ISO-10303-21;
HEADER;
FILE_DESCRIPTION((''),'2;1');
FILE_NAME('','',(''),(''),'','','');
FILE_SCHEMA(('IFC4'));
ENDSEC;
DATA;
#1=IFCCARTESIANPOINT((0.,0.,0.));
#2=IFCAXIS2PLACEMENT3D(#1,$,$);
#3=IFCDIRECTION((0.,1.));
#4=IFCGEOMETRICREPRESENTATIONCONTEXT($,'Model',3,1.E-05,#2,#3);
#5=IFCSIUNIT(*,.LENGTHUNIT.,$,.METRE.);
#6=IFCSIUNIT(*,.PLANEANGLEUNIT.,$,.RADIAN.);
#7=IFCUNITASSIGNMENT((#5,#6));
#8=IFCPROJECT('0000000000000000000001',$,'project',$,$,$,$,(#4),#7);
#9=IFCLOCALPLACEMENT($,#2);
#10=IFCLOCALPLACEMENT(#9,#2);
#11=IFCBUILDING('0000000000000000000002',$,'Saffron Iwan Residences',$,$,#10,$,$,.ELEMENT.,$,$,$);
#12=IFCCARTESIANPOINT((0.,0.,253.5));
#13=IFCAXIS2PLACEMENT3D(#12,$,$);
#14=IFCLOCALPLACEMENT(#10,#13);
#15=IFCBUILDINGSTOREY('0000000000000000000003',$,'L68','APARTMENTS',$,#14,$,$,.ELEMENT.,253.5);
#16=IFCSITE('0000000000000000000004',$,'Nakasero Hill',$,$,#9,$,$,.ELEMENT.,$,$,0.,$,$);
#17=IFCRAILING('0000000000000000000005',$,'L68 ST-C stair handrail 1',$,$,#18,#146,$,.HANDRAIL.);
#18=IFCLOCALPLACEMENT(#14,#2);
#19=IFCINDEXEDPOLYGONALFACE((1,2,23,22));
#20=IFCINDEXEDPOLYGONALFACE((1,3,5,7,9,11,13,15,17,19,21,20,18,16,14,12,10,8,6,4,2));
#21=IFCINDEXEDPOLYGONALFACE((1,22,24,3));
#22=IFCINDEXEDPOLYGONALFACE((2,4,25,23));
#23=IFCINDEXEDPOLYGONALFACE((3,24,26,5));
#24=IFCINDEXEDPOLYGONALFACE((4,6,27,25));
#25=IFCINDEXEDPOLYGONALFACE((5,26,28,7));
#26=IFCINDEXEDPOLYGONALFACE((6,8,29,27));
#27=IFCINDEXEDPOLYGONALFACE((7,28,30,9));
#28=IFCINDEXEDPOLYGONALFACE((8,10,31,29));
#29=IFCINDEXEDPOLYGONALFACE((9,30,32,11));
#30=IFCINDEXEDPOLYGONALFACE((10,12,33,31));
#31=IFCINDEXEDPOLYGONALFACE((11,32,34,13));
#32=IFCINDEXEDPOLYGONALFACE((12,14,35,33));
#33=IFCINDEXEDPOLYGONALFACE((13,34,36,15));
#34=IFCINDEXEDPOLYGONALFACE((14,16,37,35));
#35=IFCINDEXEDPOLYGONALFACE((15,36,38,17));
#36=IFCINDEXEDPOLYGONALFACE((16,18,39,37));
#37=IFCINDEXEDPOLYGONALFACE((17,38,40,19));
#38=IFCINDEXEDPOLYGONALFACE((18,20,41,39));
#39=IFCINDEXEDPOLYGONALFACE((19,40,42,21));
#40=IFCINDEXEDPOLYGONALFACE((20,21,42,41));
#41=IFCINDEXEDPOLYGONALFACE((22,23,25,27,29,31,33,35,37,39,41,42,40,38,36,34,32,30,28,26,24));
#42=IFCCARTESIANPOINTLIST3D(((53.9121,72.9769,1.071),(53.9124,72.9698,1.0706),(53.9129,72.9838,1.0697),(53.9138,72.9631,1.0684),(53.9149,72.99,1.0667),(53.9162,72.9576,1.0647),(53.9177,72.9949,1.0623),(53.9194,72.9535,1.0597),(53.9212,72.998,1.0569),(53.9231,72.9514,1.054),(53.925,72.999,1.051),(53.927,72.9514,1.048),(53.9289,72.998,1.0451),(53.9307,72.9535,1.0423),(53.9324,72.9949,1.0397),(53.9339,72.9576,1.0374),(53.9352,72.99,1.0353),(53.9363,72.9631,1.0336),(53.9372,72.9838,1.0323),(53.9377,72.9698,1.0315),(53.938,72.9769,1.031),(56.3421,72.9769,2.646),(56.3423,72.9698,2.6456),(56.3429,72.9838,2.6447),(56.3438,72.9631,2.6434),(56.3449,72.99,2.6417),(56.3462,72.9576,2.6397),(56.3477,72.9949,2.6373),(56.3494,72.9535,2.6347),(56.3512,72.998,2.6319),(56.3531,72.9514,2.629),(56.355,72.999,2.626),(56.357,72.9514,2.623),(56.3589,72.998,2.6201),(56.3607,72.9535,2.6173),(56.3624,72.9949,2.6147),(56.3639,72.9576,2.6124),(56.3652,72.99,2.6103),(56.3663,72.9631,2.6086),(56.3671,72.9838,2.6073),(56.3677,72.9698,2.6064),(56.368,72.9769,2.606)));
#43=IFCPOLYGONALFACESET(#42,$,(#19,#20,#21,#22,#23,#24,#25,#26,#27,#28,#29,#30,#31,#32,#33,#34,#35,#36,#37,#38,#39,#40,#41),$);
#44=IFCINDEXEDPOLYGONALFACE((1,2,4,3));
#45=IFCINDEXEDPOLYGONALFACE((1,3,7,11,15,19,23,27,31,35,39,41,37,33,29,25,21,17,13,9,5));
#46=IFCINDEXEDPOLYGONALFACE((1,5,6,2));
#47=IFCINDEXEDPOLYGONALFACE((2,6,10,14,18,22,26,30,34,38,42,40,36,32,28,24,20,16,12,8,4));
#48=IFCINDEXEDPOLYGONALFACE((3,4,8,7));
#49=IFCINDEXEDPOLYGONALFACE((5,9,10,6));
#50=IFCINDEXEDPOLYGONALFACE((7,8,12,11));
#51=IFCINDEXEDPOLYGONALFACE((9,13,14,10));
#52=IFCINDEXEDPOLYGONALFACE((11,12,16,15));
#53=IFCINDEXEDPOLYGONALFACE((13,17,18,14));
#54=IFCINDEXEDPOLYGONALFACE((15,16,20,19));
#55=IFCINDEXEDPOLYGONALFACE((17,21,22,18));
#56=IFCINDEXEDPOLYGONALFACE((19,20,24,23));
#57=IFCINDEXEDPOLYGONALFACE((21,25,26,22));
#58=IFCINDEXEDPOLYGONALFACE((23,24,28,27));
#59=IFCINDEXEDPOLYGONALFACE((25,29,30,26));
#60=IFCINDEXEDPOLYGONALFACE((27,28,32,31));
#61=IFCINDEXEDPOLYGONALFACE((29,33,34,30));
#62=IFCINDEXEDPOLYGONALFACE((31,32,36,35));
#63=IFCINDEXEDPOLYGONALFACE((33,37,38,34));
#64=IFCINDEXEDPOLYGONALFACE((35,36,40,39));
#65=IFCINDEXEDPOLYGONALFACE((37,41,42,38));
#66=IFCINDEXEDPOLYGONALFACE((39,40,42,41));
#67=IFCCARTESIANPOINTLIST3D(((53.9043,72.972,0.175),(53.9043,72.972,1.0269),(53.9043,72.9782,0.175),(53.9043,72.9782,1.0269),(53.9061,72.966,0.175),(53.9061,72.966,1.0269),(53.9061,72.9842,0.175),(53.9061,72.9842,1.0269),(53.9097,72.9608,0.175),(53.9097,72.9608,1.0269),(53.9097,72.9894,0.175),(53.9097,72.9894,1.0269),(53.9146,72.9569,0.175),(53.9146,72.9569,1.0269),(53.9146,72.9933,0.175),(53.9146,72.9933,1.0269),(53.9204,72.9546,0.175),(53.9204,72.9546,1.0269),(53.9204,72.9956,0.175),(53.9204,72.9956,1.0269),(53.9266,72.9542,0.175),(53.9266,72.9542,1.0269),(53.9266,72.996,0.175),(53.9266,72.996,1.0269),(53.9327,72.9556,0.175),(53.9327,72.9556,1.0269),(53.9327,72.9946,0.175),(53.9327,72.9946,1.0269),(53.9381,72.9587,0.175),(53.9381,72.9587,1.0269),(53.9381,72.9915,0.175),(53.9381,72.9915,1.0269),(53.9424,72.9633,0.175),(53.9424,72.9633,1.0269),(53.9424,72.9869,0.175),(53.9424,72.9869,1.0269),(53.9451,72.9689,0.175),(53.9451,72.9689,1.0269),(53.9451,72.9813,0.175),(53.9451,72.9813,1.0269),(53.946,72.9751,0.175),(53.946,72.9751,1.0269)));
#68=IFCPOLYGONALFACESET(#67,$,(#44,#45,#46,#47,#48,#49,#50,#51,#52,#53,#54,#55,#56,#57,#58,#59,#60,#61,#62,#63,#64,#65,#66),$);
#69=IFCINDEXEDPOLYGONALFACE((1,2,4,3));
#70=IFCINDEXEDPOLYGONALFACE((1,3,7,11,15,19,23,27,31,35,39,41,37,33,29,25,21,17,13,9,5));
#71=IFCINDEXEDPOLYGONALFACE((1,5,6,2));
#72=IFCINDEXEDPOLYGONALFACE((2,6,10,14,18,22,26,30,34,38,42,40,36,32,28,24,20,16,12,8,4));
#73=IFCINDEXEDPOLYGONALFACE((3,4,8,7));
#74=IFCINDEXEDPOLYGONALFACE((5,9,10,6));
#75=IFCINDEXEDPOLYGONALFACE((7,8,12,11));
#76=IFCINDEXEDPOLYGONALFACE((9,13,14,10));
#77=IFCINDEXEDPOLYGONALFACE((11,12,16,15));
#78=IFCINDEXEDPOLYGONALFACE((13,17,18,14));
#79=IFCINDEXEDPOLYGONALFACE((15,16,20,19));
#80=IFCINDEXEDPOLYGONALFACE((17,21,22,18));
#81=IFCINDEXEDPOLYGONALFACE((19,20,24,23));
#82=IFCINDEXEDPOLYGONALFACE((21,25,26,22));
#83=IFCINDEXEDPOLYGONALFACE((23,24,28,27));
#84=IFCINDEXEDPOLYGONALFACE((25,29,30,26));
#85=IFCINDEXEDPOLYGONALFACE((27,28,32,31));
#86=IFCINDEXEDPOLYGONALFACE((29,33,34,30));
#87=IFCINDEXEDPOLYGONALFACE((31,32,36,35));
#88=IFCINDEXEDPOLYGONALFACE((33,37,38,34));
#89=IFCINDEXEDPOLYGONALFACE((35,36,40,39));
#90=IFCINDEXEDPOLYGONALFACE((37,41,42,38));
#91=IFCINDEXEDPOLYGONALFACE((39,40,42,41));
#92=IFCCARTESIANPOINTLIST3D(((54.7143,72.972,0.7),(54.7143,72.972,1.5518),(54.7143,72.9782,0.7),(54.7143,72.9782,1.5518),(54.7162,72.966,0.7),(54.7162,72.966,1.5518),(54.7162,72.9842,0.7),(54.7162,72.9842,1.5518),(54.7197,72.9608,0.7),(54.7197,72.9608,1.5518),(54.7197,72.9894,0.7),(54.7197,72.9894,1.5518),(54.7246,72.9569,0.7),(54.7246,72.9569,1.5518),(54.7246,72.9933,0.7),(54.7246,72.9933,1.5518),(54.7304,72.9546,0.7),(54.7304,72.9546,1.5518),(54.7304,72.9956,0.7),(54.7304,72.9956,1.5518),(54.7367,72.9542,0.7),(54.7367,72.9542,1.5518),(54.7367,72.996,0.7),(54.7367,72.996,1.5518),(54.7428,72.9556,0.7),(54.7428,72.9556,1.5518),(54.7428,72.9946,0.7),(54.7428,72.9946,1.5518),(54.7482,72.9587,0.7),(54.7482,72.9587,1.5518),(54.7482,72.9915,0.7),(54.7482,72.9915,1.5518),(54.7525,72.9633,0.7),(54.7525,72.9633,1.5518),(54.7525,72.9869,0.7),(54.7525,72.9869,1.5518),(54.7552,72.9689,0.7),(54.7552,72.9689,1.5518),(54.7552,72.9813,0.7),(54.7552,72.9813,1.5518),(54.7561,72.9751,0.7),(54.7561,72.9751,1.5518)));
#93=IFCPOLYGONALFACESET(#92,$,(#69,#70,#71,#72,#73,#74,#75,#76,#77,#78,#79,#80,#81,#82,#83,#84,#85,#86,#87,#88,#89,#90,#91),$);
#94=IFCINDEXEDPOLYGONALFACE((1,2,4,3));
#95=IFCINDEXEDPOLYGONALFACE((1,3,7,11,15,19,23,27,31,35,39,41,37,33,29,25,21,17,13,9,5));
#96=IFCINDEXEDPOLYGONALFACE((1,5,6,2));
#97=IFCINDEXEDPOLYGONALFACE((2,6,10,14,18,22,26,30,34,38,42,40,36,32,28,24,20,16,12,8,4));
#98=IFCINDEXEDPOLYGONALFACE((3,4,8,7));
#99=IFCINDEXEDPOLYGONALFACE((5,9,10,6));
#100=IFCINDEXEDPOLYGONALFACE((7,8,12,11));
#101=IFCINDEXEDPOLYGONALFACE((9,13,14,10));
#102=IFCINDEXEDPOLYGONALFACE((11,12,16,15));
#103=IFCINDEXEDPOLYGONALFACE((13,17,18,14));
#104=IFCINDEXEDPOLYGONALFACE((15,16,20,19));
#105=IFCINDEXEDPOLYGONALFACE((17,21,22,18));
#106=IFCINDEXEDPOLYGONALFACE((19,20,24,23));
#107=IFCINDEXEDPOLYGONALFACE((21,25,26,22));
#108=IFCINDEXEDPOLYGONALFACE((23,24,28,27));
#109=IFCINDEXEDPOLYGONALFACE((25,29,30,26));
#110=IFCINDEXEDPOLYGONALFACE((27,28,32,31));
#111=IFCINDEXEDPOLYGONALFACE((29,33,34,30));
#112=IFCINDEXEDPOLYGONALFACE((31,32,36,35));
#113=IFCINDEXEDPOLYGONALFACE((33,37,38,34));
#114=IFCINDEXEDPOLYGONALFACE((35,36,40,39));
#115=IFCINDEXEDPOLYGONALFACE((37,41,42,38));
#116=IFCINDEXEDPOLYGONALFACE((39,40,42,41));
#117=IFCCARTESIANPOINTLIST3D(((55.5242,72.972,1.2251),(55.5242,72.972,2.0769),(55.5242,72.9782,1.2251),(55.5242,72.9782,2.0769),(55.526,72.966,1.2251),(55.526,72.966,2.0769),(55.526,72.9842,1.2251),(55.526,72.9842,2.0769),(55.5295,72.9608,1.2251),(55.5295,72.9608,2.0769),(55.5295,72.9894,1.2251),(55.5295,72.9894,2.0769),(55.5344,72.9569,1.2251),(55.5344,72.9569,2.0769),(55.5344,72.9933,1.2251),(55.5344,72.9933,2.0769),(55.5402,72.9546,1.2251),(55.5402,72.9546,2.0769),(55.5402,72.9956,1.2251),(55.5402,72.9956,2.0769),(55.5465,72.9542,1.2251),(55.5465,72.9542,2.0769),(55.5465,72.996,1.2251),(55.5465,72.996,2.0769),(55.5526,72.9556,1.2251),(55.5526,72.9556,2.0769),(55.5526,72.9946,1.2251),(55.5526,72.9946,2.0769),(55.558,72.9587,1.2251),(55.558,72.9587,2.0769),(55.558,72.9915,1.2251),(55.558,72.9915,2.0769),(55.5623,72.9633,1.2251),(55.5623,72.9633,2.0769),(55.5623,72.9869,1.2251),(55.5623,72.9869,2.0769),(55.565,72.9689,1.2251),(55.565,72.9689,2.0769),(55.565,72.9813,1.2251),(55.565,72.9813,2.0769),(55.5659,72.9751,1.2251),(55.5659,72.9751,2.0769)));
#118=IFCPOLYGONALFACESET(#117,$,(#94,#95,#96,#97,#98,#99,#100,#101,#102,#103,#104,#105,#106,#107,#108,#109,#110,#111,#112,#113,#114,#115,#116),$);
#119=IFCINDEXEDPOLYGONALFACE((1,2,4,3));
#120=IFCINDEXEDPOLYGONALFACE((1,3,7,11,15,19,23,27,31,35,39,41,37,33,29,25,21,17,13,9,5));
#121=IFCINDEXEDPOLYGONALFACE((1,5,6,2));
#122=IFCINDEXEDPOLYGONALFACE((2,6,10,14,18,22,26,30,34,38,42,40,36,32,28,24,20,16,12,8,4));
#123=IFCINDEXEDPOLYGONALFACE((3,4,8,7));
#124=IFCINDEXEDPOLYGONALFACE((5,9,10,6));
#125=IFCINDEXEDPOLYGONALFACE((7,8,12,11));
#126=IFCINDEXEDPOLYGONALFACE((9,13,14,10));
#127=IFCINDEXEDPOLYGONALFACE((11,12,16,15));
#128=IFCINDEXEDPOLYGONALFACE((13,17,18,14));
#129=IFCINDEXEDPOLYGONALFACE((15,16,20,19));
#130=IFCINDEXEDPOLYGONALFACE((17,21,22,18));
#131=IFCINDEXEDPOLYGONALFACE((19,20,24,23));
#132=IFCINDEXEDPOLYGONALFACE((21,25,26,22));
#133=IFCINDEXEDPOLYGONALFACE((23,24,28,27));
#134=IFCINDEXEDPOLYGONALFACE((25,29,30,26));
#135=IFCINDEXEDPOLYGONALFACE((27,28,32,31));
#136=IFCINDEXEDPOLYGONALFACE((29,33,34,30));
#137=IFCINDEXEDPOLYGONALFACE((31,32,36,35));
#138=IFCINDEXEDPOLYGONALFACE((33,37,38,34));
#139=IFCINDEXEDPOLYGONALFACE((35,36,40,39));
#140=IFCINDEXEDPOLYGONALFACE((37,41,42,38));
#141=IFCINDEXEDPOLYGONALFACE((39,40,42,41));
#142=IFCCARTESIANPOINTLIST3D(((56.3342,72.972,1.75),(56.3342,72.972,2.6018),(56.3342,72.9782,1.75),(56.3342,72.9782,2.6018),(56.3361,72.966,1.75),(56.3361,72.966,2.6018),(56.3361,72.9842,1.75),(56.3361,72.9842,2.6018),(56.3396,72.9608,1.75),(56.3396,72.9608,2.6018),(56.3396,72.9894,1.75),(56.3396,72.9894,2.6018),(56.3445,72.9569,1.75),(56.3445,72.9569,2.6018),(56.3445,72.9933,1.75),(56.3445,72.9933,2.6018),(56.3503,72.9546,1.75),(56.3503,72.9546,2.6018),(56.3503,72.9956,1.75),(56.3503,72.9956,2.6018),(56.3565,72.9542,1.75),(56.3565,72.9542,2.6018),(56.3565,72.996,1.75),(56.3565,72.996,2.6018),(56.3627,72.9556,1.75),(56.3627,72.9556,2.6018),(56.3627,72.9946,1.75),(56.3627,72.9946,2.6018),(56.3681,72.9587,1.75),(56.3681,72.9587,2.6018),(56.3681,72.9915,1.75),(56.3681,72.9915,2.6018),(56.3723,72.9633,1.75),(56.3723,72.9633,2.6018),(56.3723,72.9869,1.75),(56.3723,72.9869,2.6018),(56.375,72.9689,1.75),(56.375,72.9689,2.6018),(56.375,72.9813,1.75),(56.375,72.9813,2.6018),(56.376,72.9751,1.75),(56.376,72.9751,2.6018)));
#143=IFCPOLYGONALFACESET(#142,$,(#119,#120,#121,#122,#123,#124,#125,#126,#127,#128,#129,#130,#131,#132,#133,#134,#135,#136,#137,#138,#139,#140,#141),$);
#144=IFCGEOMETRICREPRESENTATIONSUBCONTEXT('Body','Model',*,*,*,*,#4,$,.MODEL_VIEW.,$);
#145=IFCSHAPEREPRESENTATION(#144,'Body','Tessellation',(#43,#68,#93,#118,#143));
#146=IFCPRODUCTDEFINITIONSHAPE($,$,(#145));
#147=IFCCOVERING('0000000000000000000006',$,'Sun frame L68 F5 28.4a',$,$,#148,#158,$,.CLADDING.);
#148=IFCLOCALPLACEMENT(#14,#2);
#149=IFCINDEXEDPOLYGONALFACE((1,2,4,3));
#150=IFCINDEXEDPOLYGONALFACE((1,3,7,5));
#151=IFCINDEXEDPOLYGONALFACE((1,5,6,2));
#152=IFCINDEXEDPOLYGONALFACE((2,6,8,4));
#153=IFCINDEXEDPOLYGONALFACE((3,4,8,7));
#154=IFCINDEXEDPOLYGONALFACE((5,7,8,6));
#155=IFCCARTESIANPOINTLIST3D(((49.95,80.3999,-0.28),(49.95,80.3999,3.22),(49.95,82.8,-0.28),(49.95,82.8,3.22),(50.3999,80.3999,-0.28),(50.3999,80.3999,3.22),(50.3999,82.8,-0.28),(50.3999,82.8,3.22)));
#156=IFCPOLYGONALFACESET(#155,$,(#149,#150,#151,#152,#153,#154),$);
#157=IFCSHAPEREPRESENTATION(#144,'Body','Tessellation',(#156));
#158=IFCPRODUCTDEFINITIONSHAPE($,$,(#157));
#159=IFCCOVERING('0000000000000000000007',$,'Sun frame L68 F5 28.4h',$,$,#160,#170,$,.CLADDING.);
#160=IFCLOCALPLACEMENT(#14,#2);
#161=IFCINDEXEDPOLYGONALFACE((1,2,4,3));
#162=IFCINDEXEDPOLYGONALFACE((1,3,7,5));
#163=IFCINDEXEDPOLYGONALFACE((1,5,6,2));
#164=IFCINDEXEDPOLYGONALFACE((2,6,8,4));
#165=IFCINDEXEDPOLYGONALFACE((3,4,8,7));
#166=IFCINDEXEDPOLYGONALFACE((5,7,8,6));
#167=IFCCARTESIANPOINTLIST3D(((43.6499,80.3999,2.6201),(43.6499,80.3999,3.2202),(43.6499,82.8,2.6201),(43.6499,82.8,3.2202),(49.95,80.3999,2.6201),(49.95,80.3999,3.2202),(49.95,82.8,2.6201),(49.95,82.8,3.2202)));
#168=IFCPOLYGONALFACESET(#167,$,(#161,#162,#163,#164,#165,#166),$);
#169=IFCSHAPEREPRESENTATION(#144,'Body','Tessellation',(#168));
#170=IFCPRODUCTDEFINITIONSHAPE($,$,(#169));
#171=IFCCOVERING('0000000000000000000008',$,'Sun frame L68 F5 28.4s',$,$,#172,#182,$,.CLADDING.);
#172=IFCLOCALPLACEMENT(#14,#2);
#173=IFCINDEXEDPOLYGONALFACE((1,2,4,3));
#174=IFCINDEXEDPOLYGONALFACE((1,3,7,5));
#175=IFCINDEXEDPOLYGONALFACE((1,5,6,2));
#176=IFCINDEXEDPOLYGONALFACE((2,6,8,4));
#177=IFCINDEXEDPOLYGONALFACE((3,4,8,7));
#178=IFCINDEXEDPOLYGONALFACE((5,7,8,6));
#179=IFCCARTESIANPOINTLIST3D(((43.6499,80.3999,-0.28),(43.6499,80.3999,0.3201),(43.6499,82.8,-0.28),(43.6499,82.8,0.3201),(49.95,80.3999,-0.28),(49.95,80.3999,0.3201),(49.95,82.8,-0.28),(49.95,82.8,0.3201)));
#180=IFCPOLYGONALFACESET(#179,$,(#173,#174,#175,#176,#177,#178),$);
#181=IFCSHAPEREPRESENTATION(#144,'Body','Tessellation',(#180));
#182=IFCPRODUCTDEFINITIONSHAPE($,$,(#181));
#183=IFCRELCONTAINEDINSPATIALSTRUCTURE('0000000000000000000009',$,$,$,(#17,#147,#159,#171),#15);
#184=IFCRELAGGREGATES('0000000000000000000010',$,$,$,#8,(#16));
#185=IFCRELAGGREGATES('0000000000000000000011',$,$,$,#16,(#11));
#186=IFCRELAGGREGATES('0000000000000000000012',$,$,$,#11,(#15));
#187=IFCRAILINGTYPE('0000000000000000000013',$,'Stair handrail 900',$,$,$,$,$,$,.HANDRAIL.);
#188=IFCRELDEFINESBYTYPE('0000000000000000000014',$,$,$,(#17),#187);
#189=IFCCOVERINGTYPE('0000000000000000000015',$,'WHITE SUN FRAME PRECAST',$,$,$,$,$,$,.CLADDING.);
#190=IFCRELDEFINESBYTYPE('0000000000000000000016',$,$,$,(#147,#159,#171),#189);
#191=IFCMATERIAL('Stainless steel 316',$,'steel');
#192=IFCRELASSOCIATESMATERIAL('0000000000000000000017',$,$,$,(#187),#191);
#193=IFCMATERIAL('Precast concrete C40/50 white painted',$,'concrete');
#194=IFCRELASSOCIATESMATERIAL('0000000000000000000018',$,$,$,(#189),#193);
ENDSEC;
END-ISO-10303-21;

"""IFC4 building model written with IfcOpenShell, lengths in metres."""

from ifc_helpers import new_model, si_unit, direction, frame, origin, origin_2d, place, context, subcontext, project, spatial, polyline, circle, outline, extrude, material, type_object, element, save


model = new_model("IFC4")

# Units and contexts
model_context = context("Model", 3, precision=1e-05, world=origin(), true_north=direction((0.0, 1.0)))
body_context = subcontext(model_context, "Body", "Model", "MODEL_VIEW")
ifc_project = project(units=[si_unit("LENGTHUNIT", "METRE"), si_unit("PLANEANGLEUNIT", "RADIAN")], contexts=[model_context])

# Site, building, storey
site_placement = place(None, origin())
site = spatial("IfcSite", under=ifc_project, at=site_placement, Name="Nakasero Hill", CompositionType="ELEMENT", RefElevation=0.0)
building_placement = place(site_placement, origin())
building = spatial("IfcBuilding", under=site, at=building_placement, Name="Saffron Iwan Residences", CompositionType="ELEMENT")
storey_placement = place(building_placement, frame((0.0, 0.0, 253.5)))
storey = spatial("IfcBuildingStorey", under=building, at=storey_placement, Name="L68", Description="APARTMENTS", CompositionType="ELEMENT", Elevation=253.5)

# Railing
ifc_material_1 = material(Name="Stainless steel 316", Category="steel")
railing_type_1 = type_object("IfcRailingType", Name="Stair handrail 900", PredefinedType="HANDRAIL", material=ifc_material_1)
railing_1_placement = place(storey_placement, frame((53.925, 72.9751, 0.175)))
element("IfcRailing", 1, at=railing_1_placement, inside=storey, type_object=railing_type_1, Name="L68 ST-C stair handrail 1", PredefinedType="HANDRAIL", context=body_context, shape_type="SweptSolid", body=[
    extrude(circle(Radius=0.0239, at=origin_2d()), frame((0.0, 0.0, 0.876), z_axis=(0.839154, 0.0, 0.543894), x_axis=(0.0, 1.0, 0.0)), (0.0, 0.0, 1.0), 2.8958),
    extrude(circle(Radius=0.021, at=origin_2d()), origin(), (0.0, 0.0, 1.0), 0.8518),
    extrude(circle(Radius=0.021, at=origin_2d()), frame((0.8101, 0.0, 0.5249)), (0.0, 0.0, 1.0), 0.8518),
    extrude(circle(Radius=0.021, at=origin_2d()), frame((1.6199, 0.0, 1.05)), (0.0, 0.0, 1.0), 0.8518),
    extrude(circle(Radius=0.021, at=origin_2d()), frame((2.4299, 0.0, 1.575)), (0.0, 0.0, 1.0), 0.8518),
])

# Coverings
ifc_material_2 = material(Name="Precast concrete C40/50 white painted", Category="concrete")
covering_type = type_object("IfcCoveringType", Name="WHITE SUN FRAME PRECAST", PredefinedType="CLADDING", material=ifc_material_2)
covering_placement = place(storey_placement, frame((50.3999, 80.3999, -0.28), z_axis=(0.0, 1.0, 0.0), x_axis=(-1.0, 0.0, 0.0)))
element("IfcCovering", 2, at=covering_placement, inside=storey, type_object=covering_type, Name="Sun frame L68 F5 28.4a", PredefinedType="CLADDING", context=body_context, shape_type="SweptSolid", body=[
    extrude(outline(polyline([(0.0, 0.0), (0.45, 0.0), (0.45, 3.5), (0.0, 3.5), (0.0, 0.0)])), origin(), (0.0, 0.0, 1.0), 2.4001),
])
for number, where, z_axis, x_axis, name in (
    (3, (49.95, 80.3999, 2.6201), (0.0, 1.0, 0.0), (-1.0, 0.0, 0.0), "Sun frame L68 F5 28.4h"),
    (4, (49.95, 80.3999, -0.28), (0.0, 1.0, 0.0), (-1.0, 0.0, 0.0), "Sun frame L68 F5 28.4s"),
):
    element("IfcCovering", number, at=place(storey_placement, frame(where, z_axis=z_axis, x_axis=x_axis)), inside=storey, type_object=covering_type, Name=name, PredefinedType="CLADDING", context=body_context, shape_type="SweptSolid", body=[
        extrude(outline(polyline([(0.0, 0.0), (6.3, 0.0), (6.3, 0.6001), (0.0, 0.6001), (0.0, 0.0)])), origin(), (0.0, 0.0, 1.0), 2.4001),
    ])

save(model, "model.ifc")
